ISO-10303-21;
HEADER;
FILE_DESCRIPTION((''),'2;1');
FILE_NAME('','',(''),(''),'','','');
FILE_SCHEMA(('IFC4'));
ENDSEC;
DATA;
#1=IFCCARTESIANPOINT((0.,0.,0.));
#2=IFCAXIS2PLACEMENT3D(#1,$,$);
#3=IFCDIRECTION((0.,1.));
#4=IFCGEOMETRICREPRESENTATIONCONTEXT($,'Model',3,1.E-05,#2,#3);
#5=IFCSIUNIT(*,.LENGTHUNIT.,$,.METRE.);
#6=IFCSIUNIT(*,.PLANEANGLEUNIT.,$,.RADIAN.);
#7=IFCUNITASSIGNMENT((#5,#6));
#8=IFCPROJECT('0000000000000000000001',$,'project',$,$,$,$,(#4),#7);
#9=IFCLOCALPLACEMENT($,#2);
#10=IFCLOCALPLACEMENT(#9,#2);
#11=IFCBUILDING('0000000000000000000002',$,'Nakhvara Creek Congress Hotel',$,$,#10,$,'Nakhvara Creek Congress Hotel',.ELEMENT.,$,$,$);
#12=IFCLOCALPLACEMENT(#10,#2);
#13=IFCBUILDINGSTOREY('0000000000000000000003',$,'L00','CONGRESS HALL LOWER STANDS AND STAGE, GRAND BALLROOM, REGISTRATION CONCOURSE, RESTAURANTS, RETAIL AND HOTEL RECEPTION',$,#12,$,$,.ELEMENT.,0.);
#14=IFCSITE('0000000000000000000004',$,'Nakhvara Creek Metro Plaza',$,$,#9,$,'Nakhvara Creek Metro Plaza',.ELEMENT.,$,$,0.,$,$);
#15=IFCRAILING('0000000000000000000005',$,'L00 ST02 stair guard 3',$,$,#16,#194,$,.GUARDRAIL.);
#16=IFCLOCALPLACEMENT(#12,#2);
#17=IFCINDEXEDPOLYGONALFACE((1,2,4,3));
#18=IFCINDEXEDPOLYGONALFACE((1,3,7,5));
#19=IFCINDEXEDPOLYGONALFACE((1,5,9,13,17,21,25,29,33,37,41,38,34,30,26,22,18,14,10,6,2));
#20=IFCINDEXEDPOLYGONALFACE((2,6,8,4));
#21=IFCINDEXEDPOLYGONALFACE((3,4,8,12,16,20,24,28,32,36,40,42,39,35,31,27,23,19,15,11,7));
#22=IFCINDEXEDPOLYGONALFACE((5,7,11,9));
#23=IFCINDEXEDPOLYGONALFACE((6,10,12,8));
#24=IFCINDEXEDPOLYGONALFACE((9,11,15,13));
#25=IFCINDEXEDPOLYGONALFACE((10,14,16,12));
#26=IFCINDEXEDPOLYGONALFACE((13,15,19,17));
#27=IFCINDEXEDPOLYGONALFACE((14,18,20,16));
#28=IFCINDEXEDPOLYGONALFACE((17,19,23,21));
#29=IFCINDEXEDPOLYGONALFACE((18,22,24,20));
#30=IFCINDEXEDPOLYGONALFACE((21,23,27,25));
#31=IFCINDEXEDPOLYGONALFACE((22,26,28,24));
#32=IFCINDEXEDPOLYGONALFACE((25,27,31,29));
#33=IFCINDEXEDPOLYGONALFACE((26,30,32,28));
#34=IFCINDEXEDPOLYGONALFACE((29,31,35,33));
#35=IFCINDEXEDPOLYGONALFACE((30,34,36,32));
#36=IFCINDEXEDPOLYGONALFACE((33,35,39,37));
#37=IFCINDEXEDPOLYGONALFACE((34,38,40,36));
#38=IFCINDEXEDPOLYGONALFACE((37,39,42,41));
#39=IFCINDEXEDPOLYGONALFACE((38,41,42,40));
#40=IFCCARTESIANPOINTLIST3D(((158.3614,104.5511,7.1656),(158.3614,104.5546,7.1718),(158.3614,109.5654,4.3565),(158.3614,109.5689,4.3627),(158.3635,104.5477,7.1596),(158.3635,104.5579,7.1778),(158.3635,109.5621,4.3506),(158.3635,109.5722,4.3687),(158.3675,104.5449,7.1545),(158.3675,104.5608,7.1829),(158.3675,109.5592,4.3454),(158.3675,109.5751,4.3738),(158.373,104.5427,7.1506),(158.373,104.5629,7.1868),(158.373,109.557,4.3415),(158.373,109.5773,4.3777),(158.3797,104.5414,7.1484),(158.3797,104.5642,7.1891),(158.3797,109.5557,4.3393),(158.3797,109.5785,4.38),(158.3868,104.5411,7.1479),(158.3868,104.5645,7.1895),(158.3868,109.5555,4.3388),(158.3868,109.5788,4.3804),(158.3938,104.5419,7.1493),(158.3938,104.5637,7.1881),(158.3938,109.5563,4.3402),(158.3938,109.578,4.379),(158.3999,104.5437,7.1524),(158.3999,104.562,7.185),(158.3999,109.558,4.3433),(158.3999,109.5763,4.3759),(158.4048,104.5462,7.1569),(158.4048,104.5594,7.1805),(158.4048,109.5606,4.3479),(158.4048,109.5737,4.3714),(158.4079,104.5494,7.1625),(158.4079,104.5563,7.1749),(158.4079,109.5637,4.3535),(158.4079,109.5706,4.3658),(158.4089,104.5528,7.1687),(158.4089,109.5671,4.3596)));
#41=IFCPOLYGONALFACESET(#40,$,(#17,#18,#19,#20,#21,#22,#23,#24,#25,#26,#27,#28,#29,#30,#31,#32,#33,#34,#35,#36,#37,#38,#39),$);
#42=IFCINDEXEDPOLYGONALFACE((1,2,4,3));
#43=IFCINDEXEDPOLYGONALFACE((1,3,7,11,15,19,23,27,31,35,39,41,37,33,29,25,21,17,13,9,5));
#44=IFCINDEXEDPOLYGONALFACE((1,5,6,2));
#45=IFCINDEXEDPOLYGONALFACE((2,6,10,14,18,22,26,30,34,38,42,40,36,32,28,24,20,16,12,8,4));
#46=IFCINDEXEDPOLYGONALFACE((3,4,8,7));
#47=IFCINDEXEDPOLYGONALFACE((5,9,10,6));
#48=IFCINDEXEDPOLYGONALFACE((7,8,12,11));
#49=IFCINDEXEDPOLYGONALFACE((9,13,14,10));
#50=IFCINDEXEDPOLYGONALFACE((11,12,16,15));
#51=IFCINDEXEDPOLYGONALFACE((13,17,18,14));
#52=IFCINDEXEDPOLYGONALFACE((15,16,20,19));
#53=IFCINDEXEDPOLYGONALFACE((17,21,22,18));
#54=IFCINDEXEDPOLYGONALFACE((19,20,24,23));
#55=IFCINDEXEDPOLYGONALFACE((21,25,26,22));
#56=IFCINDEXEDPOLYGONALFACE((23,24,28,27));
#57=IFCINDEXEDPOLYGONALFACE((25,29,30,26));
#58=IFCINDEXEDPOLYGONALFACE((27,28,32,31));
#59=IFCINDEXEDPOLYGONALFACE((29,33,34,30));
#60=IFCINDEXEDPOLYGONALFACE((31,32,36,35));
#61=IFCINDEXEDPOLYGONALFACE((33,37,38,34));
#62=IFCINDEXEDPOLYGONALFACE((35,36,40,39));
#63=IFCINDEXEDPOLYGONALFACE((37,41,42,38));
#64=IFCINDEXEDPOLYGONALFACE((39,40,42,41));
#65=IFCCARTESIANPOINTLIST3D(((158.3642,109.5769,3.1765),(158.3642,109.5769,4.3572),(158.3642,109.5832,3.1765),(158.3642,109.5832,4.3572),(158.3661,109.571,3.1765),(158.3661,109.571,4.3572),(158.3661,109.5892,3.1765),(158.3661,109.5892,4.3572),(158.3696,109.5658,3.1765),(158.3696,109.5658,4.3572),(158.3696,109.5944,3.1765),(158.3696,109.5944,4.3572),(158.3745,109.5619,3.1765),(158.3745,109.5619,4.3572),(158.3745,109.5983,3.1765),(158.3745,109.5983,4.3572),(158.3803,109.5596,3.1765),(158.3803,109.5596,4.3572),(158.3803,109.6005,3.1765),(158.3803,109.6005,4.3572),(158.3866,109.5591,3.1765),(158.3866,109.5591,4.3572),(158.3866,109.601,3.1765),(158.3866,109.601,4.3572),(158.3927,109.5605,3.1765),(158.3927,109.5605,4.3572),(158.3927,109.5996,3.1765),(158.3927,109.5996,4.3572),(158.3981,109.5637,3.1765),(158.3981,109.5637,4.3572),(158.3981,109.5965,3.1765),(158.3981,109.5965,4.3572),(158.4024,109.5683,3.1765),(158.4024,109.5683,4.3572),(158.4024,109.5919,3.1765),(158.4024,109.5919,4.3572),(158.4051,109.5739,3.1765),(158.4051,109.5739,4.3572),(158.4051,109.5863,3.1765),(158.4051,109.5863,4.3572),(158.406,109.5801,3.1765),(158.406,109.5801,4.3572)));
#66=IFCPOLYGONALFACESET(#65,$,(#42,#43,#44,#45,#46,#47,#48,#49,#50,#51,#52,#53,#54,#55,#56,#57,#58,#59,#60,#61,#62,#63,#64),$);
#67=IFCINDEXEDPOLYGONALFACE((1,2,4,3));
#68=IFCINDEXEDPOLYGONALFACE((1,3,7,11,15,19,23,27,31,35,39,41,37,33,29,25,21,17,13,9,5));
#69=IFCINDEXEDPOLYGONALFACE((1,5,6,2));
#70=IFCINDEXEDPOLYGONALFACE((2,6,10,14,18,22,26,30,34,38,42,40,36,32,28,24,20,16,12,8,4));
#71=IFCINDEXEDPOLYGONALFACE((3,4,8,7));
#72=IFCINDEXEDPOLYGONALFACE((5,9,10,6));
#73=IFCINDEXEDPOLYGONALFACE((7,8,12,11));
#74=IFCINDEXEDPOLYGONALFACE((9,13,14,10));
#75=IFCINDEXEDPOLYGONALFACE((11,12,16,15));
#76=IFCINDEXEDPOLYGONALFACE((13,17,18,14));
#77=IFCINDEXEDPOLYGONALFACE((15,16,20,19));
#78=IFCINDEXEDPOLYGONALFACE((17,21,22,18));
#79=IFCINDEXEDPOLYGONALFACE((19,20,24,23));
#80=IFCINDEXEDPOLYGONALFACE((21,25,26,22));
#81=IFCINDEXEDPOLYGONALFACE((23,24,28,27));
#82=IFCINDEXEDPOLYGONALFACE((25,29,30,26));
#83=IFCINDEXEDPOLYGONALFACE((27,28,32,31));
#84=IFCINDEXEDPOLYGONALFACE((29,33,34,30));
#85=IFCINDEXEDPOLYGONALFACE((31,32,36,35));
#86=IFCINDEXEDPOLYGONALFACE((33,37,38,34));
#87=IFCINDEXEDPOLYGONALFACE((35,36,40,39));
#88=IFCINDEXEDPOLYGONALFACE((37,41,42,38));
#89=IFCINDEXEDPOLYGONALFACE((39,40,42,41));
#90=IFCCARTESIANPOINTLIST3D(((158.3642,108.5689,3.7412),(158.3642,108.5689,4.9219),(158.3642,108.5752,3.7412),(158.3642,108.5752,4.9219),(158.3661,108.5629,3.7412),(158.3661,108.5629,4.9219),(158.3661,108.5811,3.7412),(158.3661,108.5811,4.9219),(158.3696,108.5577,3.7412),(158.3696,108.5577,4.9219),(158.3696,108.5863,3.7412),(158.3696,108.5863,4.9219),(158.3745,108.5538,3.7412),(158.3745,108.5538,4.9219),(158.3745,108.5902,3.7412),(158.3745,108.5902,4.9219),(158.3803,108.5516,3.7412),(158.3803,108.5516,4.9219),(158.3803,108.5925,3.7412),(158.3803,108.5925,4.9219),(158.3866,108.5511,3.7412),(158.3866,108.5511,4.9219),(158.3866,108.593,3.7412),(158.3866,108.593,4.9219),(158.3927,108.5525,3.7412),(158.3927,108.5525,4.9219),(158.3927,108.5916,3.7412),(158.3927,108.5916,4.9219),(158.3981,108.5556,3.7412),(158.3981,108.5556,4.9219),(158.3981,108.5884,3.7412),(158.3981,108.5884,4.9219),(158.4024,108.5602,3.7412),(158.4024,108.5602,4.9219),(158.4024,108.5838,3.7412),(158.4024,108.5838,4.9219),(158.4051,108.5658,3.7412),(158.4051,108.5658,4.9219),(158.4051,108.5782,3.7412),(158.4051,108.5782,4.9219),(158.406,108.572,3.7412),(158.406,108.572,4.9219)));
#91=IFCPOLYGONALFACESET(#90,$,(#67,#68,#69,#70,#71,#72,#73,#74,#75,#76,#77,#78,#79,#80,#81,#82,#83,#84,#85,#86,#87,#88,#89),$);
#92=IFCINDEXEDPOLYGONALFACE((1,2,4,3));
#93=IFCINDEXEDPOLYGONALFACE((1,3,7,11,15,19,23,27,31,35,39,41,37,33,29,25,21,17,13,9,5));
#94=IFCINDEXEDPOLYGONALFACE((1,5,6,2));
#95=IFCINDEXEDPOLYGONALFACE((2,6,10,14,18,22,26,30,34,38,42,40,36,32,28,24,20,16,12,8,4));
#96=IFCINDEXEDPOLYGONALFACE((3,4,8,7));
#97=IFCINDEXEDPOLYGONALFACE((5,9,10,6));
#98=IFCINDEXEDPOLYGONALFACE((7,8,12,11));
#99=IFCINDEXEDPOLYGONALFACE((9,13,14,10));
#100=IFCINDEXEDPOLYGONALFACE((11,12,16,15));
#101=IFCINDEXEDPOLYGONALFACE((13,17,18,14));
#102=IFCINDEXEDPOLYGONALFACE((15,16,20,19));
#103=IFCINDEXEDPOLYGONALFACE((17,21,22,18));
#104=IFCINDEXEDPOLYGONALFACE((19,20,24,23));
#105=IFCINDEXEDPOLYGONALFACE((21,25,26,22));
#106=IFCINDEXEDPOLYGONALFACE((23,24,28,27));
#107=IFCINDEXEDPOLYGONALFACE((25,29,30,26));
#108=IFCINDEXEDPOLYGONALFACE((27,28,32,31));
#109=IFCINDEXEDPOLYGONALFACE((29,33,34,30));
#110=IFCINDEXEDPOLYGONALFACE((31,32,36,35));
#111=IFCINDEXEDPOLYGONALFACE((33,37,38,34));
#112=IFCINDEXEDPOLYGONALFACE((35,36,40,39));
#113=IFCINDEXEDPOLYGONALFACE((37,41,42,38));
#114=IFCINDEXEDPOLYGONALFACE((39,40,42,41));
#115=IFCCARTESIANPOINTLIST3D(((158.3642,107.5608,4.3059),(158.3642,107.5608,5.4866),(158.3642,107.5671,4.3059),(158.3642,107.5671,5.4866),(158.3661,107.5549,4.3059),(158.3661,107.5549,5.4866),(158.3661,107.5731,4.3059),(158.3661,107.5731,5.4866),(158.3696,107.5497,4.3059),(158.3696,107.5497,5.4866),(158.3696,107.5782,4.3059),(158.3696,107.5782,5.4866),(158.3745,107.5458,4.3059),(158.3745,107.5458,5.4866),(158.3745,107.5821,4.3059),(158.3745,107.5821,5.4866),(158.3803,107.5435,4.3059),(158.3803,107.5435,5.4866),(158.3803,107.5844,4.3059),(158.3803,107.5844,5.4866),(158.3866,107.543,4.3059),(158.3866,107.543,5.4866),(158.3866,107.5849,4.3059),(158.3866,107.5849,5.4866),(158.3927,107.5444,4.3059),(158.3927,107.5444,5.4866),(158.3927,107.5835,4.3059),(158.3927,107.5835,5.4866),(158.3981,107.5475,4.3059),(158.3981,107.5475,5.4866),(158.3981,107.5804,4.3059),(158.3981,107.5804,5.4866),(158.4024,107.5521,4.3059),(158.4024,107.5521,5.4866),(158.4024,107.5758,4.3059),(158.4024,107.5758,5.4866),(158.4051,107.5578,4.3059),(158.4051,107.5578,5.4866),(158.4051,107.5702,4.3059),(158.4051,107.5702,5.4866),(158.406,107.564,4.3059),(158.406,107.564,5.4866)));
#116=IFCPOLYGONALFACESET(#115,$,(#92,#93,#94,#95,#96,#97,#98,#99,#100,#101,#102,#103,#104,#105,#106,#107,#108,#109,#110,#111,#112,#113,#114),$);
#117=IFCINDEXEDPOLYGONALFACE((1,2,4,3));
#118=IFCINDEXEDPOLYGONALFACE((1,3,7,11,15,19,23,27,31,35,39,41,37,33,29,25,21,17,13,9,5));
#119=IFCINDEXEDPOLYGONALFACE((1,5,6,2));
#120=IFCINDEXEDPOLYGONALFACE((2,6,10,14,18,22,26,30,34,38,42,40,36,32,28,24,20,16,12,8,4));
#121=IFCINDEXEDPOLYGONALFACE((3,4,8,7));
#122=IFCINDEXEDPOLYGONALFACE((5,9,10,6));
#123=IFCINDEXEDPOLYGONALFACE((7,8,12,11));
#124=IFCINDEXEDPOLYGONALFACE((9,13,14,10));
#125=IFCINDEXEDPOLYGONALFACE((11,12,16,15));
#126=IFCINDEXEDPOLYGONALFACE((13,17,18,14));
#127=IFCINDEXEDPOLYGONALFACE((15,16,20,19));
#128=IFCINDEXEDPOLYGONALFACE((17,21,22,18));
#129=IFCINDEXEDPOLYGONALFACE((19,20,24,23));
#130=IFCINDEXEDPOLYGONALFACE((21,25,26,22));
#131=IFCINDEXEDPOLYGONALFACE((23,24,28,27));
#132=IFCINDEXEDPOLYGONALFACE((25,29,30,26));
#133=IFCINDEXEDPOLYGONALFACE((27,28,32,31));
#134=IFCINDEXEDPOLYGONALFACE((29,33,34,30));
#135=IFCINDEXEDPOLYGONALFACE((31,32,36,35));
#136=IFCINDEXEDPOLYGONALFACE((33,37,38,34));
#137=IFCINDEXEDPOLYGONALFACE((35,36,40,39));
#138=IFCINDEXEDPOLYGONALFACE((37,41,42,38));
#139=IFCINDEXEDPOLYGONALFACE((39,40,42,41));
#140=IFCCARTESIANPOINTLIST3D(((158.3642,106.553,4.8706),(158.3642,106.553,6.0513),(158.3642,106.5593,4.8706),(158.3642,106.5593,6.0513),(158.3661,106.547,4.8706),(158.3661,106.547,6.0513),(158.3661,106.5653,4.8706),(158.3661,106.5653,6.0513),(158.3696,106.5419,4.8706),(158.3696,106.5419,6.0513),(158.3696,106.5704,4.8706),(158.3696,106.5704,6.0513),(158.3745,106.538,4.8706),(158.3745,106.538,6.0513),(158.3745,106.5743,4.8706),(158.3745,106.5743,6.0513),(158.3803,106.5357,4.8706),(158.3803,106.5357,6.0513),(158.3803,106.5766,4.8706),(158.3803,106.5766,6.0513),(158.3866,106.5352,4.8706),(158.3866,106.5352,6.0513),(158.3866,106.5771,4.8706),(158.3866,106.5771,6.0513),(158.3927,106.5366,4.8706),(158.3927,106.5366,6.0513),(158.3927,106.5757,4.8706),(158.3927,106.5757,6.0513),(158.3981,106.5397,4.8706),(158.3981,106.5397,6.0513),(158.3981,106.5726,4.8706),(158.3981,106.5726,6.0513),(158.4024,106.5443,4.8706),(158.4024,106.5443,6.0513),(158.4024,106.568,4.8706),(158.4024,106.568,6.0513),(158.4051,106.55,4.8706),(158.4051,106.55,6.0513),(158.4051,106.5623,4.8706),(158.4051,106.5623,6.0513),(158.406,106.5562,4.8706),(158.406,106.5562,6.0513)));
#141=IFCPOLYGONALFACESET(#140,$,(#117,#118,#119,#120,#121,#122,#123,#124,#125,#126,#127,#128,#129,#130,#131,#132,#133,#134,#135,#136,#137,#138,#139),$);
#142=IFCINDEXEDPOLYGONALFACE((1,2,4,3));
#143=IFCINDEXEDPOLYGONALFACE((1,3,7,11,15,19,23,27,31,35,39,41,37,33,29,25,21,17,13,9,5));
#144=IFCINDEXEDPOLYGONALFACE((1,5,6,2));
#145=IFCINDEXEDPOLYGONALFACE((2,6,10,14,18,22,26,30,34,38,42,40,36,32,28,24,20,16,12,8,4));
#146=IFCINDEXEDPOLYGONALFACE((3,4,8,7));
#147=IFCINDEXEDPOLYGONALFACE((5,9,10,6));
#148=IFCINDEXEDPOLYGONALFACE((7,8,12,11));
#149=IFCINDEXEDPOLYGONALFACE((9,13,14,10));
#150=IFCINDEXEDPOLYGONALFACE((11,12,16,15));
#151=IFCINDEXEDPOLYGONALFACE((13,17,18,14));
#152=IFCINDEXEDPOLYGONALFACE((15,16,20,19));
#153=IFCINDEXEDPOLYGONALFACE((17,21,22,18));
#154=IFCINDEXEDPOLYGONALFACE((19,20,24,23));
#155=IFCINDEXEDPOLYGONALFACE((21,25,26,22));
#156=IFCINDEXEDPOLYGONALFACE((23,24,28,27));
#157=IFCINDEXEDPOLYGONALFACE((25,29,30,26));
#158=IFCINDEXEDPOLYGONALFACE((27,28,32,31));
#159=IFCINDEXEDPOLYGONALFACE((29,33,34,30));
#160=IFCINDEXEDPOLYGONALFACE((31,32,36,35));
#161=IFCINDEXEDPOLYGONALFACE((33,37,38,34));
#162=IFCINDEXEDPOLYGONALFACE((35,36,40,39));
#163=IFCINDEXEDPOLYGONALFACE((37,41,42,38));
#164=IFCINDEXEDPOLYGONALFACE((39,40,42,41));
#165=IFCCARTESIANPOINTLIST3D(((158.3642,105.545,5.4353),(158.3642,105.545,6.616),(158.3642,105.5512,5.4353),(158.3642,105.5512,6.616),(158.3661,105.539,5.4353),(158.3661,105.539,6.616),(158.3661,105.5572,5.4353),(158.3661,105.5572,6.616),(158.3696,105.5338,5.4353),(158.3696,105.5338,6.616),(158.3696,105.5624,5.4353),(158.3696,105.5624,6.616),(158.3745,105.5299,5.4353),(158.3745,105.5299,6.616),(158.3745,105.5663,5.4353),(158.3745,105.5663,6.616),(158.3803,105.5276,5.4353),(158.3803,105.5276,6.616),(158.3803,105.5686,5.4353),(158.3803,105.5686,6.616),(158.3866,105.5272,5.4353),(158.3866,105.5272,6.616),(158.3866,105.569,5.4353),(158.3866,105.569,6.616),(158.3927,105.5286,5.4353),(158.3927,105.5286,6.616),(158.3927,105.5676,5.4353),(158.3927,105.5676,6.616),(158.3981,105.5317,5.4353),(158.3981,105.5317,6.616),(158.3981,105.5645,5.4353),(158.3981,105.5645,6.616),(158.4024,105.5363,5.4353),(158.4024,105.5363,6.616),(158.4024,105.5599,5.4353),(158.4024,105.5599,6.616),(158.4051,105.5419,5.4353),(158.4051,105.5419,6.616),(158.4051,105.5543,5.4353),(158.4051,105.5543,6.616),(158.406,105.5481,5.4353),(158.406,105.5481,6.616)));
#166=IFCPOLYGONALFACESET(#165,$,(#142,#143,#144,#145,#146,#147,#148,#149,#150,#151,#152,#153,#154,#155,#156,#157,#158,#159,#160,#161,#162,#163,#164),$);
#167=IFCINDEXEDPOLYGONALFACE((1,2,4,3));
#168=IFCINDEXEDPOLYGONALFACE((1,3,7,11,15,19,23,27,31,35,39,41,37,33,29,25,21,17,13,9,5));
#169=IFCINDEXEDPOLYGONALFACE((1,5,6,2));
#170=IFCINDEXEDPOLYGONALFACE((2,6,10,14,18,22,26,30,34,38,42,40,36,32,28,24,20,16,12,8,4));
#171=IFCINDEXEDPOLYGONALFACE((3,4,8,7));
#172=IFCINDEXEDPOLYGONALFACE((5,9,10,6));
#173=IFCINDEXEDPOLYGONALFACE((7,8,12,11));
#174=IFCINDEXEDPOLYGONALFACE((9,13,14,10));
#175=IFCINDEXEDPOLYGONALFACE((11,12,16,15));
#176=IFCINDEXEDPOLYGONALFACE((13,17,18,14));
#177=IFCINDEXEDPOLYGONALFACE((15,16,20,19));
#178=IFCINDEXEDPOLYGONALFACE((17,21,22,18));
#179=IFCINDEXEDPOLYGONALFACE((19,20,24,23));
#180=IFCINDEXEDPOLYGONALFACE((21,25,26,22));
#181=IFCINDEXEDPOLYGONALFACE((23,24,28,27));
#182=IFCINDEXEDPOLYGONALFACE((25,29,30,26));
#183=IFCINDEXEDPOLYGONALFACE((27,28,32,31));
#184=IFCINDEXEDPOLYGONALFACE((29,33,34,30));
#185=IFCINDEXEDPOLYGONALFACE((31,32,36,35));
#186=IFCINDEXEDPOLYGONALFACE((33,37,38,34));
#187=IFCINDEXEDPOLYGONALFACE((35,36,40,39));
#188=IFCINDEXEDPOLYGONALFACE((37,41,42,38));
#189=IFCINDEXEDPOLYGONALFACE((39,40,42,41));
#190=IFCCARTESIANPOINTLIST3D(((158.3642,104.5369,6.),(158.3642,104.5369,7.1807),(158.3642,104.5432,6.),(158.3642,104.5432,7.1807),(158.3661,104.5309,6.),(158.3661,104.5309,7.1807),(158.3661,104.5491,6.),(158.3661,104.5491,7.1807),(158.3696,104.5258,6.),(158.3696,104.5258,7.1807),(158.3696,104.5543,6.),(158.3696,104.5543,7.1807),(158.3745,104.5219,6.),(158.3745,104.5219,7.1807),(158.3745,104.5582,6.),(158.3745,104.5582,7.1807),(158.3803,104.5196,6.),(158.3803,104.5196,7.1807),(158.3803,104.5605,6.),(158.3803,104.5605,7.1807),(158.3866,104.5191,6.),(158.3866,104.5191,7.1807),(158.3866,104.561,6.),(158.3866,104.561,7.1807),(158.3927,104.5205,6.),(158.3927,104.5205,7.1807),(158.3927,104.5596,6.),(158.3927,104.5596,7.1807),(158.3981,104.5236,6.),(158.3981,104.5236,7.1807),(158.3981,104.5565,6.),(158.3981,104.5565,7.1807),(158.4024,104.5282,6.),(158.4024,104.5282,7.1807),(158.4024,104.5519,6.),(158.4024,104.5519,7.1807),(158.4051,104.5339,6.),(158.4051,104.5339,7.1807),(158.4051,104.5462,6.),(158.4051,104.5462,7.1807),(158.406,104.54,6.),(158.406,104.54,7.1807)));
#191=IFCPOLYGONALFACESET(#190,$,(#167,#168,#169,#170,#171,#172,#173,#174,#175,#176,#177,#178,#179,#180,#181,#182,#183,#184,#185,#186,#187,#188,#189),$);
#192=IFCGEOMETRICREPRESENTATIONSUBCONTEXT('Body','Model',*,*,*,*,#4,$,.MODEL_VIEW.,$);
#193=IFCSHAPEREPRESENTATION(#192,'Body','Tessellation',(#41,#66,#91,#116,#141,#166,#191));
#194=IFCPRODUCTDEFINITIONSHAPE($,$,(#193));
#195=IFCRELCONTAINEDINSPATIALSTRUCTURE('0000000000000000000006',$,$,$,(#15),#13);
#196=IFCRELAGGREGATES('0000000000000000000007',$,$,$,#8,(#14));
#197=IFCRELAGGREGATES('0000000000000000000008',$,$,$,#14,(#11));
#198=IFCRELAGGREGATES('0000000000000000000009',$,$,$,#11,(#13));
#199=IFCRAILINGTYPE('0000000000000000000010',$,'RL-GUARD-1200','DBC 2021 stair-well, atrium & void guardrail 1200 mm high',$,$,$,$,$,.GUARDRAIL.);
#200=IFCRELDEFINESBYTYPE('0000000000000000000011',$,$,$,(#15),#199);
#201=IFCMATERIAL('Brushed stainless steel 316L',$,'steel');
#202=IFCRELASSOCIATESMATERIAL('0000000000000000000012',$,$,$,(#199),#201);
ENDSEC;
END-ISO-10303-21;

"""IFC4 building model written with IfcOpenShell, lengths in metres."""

from ifc_helpers import new_model, si_unit, direction, frame, origin, origin_2d, place, context, subcontext, project, spatial, circle, extrude, material, type_object, element, save


model = new_model("IFC4")

# Units and contexts
model_context = context("Model", 3, precision=1e-05, world=origin(), true_north=direction((0.0, 1.0)))
body_context = subcontext(model_context, "Body", "Model", "MODEL_VIEW")
ifc_project = project(units=[si_unit("LENGTHUNIT", "METRE"), si_unit("PLANEANGLEUNIT", "RADIAN")], contexts=[model_context])

# Site, building, storey
site_placement = place(None, origin())
site = spatial("IfcSite", under=ifc_project, at=site_placement, Name="Nakhvara Creek Metro Plaza", LongName="Nakhvara Creek Metro Plaza", CompositionType="ELEMENT", RefElevation=0.0)
building_placement = place(site_placement, origin())
building = spatial("IfcBuilding", under=site, at=building_placement, Name="Nakhvara Creek Congress Hotel", LongName="Nakhvara Creek Congress Hotel", CompositionType="ELEMENT")
storey_placement = place(building_placement, origin())
storey = spatial("IfcBuildingStorey", under=building, at=storey_placement, Name="L00", Description="CONGRESS HALL LOWER STANDS AND STAGE, GRAND BALLROOM, REGISTRATION CONCOURSE, RESTAURANTS, RETAIL AND HOTEL RECEPTION", CompositionType="ELEMENT", Elevation=0.0)

# Railing
ifc_material_1 = material(Name="Brushed stainless steel 316L", Category="steel")
railing_type_1 = type_object("IfcRailingType", Name="RL-GUARD-1200", Description="DBC 2021 stair-well, atrium & void guardrail 1200 mm high", PredefinedType="GUARDRAIL", material=ifc_material_1)
railing_1_placement = place(storey_placement, frame((158.385, 109.5801, 3.1765)))
element("IfcRailing", 1, at=railing_1_placement, inside=storey, type_object=railing_type_1, Name="L00 ST02 stair guard 3", PredefinedType="GUARDRAIL", context=body_context, shape_type="SweptSolid", body=[
    extrude(circle(Radius=0.0239, at=origin_2d()), frame((0.0, -0.0129, 1.1831), z_axis=(0.0, -0.872427, 0.488744), x_axis=(1.0, 0.0, 0.0)), (0.0, 0.0, 1.0), 5.7476),
    extrude(circle(Radius=0.021, at=origin_2d()), origin(), (0.0, 0.0, 1.0), 1.1807),
    extrude(circle(Radius=0.021, at=origin_2d()), frame((0.0, -1.0081, 0.5647)), (0.0, 0.0, 1.0), 1.1807),
    extrude(circle(Radius=0.021, at=origin_2d()), frame((0.0, -2.0161, 1.1294)), (0.0, 0.0, 1.0), 1.1807),
    extrude(circle(Radius=0.021, at=origin_2d()), frame((0.0, -3.0239, 1.6941)), (0.0, 0.0, 1.0), 1.1807),
    extrude(circle(Radius=0.021, at=origin_2d()), frame((0.0, -4.032, 2.2588)), (0.0, 0.0, 1.0), 1.1807),
    extrude(circle(Radius=0.021, at=origin_2d()), frame((0.0, -5.04, 2.8235)), (0.0, 0.0, 1.0), 1.1807),
])

save(model, "model.ifc")
